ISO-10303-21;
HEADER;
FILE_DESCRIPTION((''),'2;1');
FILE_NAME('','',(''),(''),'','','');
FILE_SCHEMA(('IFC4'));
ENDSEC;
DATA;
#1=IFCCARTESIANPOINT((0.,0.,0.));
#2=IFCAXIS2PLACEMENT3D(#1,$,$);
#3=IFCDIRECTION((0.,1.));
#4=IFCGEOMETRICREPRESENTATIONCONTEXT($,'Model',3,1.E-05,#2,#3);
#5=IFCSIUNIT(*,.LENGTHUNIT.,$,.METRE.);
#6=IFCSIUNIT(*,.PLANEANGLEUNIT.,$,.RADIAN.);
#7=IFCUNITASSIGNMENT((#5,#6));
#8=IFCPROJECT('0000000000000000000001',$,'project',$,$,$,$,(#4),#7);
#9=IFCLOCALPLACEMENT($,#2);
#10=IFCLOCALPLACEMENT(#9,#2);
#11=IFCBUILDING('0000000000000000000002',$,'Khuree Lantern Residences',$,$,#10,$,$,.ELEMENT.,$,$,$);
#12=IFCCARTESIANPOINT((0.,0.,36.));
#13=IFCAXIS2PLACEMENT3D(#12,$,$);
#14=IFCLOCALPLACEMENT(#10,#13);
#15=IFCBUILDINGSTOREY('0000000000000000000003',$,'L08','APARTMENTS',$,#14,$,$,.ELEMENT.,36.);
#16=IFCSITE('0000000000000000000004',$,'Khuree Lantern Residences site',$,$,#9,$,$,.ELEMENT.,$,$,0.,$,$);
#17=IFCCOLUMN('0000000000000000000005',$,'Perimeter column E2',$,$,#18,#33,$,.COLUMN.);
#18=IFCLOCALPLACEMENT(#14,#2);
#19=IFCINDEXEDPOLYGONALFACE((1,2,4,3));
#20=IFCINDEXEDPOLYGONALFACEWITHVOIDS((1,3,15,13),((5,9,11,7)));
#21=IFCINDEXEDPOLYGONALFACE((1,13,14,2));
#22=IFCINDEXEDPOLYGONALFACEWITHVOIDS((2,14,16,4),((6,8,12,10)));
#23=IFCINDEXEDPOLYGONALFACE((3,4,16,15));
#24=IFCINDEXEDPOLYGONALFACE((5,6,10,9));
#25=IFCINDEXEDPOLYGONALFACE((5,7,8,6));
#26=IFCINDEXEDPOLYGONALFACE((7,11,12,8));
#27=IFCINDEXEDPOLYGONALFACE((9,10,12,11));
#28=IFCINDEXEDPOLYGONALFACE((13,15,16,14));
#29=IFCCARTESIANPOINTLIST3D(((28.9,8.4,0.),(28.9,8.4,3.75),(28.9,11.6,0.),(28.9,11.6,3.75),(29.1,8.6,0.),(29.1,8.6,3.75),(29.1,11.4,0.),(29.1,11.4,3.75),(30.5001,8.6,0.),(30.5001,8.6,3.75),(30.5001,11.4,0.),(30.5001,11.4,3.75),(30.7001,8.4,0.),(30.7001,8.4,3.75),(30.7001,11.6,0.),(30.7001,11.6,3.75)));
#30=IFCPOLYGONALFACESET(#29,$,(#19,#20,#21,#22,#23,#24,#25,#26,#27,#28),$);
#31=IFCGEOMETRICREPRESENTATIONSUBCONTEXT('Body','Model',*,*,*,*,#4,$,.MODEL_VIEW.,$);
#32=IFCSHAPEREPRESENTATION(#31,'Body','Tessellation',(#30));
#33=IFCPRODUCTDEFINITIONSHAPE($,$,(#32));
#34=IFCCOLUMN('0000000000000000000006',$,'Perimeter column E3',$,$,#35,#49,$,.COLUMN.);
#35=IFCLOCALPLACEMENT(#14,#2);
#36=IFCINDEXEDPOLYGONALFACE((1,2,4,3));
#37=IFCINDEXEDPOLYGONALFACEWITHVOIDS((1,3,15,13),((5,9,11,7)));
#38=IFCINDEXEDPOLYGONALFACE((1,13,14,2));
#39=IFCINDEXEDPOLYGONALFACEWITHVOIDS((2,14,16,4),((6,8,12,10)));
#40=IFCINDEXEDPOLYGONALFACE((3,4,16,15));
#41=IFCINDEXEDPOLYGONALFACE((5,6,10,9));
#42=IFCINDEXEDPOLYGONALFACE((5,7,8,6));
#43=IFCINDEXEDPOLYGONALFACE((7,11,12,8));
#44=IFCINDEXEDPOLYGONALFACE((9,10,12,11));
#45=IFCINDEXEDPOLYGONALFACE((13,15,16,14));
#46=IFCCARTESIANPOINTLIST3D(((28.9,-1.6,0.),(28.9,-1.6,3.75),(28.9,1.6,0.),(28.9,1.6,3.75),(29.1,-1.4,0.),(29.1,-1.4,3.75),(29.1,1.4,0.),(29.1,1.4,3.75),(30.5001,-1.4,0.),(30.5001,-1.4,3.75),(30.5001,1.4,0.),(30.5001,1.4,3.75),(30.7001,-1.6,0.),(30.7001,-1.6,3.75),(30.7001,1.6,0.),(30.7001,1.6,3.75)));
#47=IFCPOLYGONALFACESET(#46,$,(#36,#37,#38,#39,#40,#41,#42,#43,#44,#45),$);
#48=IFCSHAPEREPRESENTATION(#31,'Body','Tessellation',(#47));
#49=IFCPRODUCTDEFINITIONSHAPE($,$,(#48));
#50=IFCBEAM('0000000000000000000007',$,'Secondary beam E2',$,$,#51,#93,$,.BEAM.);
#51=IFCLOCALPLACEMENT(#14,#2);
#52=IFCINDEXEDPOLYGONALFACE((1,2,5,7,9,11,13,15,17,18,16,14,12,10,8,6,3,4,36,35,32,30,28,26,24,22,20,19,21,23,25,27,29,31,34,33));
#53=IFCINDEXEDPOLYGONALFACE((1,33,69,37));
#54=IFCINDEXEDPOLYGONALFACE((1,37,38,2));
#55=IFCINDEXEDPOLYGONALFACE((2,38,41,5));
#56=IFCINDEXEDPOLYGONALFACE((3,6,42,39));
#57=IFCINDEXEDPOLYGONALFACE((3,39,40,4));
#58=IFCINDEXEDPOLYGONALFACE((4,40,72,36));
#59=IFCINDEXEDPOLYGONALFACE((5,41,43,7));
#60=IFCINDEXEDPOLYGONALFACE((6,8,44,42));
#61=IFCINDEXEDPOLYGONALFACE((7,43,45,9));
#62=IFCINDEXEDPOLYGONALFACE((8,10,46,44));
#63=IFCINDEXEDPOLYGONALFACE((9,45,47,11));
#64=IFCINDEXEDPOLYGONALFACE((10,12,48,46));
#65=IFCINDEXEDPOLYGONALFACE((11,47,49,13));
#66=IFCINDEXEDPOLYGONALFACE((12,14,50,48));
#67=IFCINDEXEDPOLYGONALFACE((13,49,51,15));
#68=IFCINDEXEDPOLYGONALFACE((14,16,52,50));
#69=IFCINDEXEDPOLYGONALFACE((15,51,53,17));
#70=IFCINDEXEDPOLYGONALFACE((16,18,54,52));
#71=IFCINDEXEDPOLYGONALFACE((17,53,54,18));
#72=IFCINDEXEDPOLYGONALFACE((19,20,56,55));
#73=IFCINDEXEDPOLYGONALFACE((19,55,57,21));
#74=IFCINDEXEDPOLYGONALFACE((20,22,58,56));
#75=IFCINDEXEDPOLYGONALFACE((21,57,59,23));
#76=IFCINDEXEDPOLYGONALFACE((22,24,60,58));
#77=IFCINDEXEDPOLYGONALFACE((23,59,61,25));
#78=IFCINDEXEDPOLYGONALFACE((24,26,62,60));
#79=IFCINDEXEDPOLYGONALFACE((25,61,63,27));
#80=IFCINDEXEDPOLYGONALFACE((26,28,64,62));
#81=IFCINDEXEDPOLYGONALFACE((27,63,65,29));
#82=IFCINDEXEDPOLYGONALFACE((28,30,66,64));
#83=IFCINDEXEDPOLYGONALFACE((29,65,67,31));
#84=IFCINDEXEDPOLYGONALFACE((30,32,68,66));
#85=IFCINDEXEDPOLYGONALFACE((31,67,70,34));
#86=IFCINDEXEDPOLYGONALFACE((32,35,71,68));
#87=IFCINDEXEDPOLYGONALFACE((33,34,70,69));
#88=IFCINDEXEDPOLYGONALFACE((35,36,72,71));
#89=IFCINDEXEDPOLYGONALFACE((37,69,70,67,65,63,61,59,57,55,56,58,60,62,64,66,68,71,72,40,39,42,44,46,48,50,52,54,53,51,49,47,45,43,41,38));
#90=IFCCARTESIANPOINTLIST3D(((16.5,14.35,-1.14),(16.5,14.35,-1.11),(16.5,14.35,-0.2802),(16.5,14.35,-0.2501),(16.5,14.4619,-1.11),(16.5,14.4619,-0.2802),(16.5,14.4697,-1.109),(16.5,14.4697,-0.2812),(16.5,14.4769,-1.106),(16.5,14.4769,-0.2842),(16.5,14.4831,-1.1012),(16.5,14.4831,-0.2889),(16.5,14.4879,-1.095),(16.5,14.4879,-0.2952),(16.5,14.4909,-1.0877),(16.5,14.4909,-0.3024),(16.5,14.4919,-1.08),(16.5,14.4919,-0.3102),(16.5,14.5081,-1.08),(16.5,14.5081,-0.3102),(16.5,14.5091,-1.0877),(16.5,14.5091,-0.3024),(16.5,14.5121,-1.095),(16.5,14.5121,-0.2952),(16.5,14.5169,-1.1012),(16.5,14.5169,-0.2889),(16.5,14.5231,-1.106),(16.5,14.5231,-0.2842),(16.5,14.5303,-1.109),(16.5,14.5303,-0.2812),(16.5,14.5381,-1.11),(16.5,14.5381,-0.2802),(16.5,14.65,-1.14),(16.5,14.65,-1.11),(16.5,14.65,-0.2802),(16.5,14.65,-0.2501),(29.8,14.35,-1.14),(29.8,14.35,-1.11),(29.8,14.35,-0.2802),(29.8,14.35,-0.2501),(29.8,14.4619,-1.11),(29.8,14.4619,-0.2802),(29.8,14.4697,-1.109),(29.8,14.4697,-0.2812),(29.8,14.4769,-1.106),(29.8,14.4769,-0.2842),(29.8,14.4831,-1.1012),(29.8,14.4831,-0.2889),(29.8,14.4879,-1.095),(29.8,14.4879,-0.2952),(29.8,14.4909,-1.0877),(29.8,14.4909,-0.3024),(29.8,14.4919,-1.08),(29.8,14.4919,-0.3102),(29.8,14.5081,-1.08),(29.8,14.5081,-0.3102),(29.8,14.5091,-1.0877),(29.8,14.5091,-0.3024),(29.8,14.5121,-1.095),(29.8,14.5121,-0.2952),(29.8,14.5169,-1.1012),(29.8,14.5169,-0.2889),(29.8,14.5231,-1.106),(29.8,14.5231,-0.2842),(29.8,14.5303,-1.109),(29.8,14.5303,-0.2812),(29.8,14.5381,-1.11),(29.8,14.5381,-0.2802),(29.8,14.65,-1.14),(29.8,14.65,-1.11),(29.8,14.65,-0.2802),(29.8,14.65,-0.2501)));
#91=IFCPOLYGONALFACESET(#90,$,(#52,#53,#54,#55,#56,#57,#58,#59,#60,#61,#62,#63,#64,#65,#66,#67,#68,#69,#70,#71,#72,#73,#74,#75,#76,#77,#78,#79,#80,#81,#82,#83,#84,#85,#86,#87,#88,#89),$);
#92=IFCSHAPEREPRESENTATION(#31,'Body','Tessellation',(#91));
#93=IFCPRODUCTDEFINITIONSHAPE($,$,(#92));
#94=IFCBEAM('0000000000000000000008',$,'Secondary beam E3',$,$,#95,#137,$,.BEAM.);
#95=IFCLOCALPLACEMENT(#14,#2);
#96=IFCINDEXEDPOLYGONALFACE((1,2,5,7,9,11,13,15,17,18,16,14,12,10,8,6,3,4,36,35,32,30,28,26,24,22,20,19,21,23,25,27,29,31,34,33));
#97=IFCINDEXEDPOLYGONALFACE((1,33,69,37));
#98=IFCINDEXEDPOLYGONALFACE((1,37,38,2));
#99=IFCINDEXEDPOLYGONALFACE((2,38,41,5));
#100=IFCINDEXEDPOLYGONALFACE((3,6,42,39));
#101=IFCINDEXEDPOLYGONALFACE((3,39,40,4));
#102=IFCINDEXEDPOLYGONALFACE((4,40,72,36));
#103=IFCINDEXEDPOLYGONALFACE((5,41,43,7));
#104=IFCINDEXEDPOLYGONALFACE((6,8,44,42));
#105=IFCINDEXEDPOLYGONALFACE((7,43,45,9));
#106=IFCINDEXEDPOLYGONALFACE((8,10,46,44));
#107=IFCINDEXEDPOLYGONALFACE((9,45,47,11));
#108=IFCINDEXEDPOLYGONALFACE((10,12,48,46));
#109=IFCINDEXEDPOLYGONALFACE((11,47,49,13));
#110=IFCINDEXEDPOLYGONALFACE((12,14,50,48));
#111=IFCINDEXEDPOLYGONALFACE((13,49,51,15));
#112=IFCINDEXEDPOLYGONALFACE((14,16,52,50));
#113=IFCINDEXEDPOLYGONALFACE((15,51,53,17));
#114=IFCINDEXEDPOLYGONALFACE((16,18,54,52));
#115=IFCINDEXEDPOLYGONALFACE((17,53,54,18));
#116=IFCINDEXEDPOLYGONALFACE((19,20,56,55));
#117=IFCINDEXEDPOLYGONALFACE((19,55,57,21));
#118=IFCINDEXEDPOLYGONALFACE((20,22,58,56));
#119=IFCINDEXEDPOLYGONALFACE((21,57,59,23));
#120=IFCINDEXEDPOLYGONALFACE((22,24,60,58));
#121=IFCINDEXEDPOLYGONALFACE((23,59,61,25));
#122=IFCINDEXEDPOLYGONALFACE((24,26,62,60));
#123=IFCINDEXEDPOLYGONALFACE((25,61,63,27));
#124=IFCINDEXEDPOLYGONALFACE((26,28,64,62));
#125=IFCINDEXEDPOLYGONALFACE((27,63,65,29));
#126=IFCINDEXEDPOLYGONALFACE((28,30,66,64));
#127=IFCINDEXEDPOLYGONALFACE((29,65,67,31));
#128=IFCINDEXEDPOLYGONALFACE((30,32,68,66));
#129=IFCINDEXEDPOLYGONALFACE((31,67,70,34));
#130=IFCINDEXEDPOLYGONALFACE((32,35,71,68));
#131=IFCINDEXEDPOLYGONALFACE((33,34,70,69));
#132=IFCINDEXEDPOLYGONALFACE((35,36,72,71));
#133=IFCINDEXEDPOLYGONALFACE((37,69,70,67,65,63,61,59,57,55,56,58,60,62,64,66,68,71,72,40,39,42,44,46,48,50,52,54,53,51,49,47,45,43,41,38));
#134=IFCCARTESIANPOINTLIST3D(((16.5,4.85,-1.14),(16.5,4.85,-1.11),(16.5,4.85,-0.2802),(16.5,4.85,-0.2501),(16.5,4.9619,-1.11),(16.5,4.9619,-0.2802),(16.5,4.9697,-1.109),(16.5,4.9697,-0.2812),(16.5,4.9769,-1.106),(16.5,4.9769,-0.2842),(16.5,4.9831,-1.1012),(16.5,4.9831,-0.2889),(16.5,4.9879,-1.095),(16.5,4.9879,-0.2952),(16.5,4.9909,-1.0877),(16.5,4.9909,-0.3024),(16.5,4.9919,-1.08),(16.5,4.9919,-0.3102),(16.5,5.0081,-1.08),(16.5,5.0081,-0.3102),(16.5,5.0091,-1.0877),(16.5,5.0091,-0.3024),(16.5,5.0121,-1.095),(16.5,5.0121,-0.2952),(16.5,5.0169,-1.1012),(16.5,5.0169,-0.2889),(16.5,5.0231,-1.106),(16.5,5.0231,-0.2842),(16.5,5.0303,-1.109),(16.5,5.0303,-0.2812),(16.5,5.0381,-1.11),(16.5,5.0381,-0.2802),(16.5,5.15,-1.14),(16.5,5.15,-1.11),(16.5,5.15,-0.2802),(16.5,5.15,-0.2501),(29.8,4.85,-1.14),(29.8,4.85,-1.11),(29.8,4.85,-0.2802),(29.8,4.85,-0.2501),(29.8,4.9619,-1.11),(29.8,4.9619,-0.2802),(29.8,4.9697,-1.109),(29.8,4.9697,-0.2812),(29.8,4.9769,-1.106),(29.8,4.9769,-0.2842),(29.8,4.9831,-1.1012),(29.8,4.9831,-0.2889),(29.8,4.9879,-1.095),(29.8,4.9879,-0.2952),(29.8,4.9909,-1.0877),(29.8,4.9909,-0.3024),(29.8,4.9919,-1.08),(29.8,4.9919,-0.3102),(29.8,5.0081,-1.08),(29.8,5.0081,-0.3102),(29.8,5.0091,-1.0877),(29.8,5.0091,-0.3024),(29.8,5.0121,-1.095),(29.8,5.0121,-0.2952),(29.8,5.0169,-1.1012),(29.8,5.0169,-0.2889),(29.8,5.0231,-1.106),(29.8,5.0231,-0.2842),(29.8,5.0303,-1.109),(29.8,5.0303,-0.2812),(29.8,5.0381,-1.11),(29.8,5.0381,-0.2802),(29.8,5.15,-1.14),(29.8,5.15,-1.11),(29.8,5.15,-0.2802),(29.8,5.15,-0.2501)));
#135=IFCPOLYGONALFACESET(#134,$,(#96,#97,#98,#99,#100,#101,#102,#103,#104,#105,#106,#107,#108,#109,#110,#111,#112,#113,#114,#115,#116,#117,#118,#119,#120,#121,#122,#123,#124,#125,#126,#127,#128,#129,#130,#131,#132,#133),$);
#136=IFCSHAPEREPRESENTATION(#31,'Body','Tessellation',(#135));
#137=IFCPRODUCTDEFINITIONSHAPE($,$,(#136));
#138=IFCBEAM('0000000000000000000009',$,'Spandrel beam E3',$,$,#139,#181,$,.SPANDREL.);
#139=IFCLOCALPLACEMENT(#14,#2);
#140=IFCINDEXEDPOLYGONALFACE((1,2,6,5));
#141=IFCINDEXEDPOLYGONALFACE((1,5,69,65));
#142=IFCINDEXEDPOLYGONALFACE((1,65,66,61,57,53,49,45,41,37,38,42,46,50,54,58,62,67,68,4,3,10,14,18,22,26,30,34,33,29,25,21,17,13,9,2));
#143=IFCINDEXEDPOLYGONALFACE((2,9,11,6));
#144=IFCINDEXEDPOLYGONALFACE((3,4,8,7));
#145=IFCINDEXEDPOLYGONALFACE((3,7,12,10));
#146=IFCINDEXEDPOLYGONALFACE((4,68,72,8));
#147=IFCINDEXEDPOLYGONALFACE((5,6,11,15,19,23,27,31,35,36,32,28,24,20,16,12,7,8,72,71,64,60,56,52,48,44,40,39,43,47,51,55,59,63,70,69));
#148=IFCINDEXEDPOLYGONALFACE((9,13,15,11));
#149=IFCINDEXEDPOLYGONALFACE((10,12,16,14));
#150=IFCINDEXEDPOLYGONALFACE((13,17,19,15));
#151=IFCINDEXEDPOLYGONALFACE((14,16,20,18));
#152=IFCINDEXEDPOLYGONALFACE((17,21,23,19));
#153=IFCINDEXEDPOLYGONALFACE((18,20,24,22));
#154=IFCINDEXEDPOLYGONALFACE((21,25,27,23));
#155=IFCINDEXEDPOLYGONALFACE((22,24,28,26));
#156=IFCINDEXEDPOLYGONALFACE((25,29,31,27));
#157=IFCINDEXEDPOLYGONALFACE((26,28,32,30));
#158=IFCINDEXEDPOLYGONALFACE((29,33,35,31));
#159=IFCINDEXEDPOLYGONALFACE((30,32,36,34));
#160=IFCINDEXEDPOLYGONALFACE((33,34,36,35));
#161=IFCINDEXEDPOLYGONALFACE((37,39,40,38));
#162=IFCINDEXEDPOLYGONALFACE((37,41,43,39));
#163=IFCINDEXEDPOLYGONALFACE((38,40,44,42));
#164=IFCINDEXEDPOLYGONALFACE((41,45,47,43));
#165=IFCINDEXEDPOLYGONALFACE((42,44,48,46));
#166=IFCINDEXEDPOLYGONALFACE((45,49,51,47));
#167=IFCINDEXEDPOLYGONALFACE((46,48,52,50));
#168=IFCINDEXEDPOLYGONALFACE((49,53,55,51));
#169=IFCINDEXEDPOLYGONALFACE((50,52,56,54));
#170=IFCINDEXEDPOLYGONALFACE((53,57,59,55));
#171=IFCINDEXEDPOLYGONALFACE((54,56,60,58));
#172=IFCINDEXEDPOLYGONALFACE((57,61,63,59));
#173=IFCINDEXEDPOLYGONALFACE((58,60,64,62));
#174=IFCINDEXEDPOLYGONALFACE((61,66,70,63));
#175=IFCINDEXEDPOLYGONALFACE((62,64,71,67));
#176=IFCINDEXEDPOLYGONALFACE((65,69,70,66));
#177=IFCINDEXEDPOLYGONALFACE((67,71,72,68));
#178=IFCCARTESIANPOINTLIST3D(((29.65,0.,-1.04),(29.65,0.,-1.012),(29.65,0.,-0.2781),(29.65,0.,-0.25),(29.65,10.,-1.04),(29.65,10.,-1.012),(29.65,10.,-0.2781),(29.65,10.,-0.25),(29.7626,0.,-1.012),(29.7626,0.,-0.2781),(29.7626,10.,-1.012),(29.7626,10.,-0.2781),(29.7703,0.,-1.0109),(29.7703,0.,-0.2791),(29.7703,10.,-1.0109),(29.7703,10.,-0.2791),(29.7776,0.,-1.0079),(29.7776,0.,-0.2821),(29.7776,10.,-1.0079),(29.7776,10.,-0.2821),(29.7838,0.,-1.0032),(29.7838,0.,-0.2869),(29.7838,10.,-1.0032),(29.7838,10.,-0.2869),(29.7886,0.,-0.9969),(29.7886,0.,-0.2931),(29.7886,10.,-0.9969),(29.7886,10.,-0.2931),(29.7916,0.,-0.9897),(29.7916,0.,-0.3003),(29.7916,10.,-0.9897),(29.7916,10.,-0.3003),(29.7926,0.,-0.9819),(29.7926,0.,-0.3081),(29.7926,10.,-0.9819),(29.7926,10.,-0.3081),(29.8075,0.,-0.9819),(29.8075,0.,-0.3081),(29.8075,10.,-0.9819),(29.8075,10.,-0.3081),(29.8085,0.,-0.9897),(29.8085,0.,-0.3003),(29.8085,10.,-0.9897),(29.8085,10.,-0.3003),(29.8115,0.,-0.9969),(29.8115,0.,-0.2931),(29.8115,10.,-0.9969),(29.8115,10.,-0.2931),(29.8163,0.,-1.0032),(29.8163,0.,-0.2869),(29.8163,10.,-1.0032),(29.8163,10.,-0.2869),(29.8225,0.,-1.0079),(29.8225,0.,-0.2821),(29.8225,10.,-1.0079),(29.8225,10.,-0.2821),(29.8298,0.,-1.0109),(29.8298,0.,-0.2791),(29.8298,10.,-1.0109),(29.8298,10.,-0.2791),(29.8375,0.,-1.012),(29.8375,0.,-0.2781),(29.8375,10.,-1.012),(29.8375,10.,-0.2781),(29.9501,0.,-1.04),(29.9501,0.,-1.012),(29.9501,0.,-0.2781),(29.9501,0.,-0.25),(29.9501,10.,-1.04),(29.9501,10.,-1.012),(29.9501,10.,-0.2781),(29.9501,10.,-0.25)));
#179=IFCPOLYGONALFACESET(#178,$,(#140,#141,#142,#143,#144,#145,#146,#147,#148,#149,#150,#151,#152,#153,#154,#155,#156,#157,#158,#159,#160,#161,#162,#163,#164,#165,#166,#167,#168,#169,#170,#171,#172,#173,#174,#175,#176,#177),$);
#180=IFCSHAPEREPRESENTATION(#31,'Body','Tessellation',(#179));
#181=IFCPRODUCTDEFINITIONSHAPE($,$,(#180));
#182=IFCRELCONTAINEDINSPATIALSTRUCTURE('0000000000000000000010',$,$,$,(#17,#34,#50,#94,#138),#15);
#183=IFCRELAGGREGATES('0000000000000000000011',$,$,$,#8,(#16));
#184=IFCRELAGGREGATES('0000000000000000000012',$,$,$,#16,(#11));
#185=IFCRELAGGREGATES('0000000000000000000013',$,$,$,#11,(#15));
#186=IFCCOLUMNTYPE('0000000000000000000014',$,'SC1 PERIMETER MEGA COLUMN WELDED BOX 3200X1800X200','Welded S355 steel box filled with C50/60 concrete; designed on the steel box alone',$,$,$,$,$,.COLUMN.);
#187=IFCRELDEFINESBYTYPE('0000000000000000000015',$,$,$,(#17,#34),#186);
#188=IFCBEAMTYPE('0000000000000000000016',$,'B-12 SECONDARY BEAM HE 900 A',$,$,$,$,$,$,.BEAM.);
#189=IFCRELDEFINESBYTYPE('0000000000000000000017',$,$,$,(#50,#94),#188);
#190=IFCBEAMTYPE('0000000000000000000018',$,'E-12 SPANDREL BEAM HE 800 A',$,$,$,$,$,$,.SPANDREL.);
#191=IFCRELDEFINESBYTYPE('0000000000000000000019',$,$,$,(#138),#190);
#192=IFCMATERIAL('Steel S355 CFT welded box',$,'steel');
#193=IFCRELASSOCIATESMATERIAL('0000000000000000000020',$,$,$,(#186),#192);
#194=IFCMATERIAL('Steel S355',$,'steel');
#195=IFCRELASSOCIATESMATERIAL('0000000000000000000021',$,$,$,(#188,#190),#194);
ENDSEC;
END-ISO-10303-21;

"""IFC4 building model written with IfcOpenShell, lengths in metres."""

from ifc_helpers import new_model, si_unit, direction, frame, origin, origin_2d, place, context, subcontext, project, spatial, hollow_rectangle, i_section, extrude, material, material_profile, profile_set, type_object, element, save


model = new_model("IFC4")

# Units and contexts
model_context = context("Model", 3, precision=1e-05, world=origin(), true_north=direction((0.0, 1.0)))
body_context = subcontext(model_context, "Body", "Model", "MODEL_VIEW")
ifc_project = project(units=[si_unit("LENGTHUNIT", "METRE"), si_unit("PLANEANGLEUNIT", "RADIAN")], contexts=[model_context])

# Site, building, storey
site_placement = place(None, origin())
site = spatial("IfcSite", under=ifc_project, at=site_placement, Name="Khuree Lantern Residences site", CompositionType="ELEMENT", RefElevation=0.0)
building_placement = place(site_placement, origin())
building = spatial("IfcBuilding", under=site, at=building_placement, Name="Khuree Lantern Residences", CompositionType="ELEMENT")
storey_placement = place(building_placement, frame((0.0, 0.0, 36.0)))
storey = spatial("IfcBuildingStorey", under=building, at=storey_placement, Name="L08", Description="APARTMENTS", CompositionType="ELEMENT", Elevation=36.0)

# Columns
ifc_material_1 = material(Name="Steel S355 CFT welded box", Category="steel")
ifc_material_profile_1 = material_profile(ifc_material_1, hollow_rectangle(XDim=3.2, YDim=1.8, WallThickness=0.2, at=origin_2d()), Name="WELDED BOX 3200X1800X200")
ifc_profile_set_1 = profile_set([ifc_material_profile_1], Name="Steel S355 CFT welded box")
column_type = type_object("IfcColumnType", Name="SC1 PERIMETER MEGA COLUMN WELDED BOX 3200X1800X200", Description="Welded S355 steel box filled with C50/60 concrete; designed on the steel box alone", PredefinedType="COLUMN", material=ifc_profile_set_1)
for number, where, z_axis, x_axis, name in (
    (1, (29.8, 10.0, 0.0), (0.0, 0.0, 1.0), (0.0, 1.0, 0.0), "Perimeter column E2"),
    (2, (29.8, 0.0, 0.0), (0.0, 0.0, 1.0), (0.0, 1.0, 0.0), "Perimeter column E3"),
):
    element("IfcColumn", number, at=place(storey_placement, frame(where, z_axis=z_axis, x_axis=x_axis)), inside=storey, type_object=column_type, Name=name, PredefinedType="COLUMN", context=body_context, shape_type="SweptSolid", body=[
        extrude(hollow_rectangle(XDim=3.2, YDim=1.8, WallThickness=0.2, at=origin_2d()), origin(), (0.0, 0.0, 1.0), 3.75),
    ])

# Beams
ifc_material_2 = material(Name="Steel S355", Category="steel")
ifc_material_profile_2 = material_profile(ifc_material_2, i_section(OverallWidth=0.3, OverallDepth=0.8899, WebThickness=0.0161, FlangeThickness=0.03, FilletRadius=0.03, at=origin_2d()), Name="HE 900 A")
ifc_profile_set_2 = profile_set([ifc_material_profile_2], Name="Steel S355")
beam_type_1 = type_object("IfcBeamType", Name="B-12 SECONDARY BEAM HE 900 A", PredefinedType="BEAM", material=ifc_profile_set_2)
for number, where, z_axis, x_axis, name in (
    (3, (29.8, 14.5, -0.6951), (-1.0, 0.0, 0.0), (0.0, -1.0, 0.0), "Secondary beam E2"),
    (4, (29.8, 5.0, -0.6951), (-1.0, 0.0, 0.0), (0.0, -1.0, 0.0), "Secondary beam E3"),
):
    element("IfcBeam", number, at=place(storey_placement, frame(where, z_axis=z_axis, x_axis=x_axis)), inside=storey, type_object=beam_type_1, Name=name, PredefinedType="BEAM", context=body_context, shape_type="SweptSolid", body=[
        extrude(i_section(OverallWidth=0.3, OverallDepth=0.8899, WebThickness=0.0161, FlangeThickness=0.03, FilletRadius=0.03, at=origin_2d()), origin(), (0.0, 0.0, 1.0), 13.3),
    ])
ifc_material_profile_3 = material_profile(ifc_material_2, i_section(OverallWidth=0.3, OverallDepth=0.79, WebThickness=0.0149, FlangeThickness=0.0281, FilletRadius=0.03, at=origin_2d()), Name="HE 800 A")
ifc_profile_set_3 = profile_set([ifc_material_profile_3], Name="Steel S355")
beam_type_2 = type_object("IfcBeamType", Name="E-12 SPANDREL BEAM HE 800 A", PredefinedType="SPANDREL", material=ifc_profile_set_3)
for number, where, z_axis, x_axis, name in (
    (5, (29.8, 10.0, -0.645), (0.0, -1.0, 0.0), (1.0, 0.0, 0.0), "Spandrel beam E3"),
):
    element("IfcBeam", number, at=place(storey_placement, frame(where, z_axis=z_axis, x_axis=x_axis)), inside=storey, type_object=beam_type_2, Name=name, PredefinedType="SPANDREL", context=body_context, shape_type="SweptSolid", body=[
        extrude(i_section(OverallWidth=0.3, OverallDepth=0.79, WebThickness=0.0149, FlangeThickness=0.0281, FilletRadius=0.03, at=origin_2d()), origin(), (0.0, 0.0, 1.0), 10.0),
    ])

save(model, "model.ifc")
